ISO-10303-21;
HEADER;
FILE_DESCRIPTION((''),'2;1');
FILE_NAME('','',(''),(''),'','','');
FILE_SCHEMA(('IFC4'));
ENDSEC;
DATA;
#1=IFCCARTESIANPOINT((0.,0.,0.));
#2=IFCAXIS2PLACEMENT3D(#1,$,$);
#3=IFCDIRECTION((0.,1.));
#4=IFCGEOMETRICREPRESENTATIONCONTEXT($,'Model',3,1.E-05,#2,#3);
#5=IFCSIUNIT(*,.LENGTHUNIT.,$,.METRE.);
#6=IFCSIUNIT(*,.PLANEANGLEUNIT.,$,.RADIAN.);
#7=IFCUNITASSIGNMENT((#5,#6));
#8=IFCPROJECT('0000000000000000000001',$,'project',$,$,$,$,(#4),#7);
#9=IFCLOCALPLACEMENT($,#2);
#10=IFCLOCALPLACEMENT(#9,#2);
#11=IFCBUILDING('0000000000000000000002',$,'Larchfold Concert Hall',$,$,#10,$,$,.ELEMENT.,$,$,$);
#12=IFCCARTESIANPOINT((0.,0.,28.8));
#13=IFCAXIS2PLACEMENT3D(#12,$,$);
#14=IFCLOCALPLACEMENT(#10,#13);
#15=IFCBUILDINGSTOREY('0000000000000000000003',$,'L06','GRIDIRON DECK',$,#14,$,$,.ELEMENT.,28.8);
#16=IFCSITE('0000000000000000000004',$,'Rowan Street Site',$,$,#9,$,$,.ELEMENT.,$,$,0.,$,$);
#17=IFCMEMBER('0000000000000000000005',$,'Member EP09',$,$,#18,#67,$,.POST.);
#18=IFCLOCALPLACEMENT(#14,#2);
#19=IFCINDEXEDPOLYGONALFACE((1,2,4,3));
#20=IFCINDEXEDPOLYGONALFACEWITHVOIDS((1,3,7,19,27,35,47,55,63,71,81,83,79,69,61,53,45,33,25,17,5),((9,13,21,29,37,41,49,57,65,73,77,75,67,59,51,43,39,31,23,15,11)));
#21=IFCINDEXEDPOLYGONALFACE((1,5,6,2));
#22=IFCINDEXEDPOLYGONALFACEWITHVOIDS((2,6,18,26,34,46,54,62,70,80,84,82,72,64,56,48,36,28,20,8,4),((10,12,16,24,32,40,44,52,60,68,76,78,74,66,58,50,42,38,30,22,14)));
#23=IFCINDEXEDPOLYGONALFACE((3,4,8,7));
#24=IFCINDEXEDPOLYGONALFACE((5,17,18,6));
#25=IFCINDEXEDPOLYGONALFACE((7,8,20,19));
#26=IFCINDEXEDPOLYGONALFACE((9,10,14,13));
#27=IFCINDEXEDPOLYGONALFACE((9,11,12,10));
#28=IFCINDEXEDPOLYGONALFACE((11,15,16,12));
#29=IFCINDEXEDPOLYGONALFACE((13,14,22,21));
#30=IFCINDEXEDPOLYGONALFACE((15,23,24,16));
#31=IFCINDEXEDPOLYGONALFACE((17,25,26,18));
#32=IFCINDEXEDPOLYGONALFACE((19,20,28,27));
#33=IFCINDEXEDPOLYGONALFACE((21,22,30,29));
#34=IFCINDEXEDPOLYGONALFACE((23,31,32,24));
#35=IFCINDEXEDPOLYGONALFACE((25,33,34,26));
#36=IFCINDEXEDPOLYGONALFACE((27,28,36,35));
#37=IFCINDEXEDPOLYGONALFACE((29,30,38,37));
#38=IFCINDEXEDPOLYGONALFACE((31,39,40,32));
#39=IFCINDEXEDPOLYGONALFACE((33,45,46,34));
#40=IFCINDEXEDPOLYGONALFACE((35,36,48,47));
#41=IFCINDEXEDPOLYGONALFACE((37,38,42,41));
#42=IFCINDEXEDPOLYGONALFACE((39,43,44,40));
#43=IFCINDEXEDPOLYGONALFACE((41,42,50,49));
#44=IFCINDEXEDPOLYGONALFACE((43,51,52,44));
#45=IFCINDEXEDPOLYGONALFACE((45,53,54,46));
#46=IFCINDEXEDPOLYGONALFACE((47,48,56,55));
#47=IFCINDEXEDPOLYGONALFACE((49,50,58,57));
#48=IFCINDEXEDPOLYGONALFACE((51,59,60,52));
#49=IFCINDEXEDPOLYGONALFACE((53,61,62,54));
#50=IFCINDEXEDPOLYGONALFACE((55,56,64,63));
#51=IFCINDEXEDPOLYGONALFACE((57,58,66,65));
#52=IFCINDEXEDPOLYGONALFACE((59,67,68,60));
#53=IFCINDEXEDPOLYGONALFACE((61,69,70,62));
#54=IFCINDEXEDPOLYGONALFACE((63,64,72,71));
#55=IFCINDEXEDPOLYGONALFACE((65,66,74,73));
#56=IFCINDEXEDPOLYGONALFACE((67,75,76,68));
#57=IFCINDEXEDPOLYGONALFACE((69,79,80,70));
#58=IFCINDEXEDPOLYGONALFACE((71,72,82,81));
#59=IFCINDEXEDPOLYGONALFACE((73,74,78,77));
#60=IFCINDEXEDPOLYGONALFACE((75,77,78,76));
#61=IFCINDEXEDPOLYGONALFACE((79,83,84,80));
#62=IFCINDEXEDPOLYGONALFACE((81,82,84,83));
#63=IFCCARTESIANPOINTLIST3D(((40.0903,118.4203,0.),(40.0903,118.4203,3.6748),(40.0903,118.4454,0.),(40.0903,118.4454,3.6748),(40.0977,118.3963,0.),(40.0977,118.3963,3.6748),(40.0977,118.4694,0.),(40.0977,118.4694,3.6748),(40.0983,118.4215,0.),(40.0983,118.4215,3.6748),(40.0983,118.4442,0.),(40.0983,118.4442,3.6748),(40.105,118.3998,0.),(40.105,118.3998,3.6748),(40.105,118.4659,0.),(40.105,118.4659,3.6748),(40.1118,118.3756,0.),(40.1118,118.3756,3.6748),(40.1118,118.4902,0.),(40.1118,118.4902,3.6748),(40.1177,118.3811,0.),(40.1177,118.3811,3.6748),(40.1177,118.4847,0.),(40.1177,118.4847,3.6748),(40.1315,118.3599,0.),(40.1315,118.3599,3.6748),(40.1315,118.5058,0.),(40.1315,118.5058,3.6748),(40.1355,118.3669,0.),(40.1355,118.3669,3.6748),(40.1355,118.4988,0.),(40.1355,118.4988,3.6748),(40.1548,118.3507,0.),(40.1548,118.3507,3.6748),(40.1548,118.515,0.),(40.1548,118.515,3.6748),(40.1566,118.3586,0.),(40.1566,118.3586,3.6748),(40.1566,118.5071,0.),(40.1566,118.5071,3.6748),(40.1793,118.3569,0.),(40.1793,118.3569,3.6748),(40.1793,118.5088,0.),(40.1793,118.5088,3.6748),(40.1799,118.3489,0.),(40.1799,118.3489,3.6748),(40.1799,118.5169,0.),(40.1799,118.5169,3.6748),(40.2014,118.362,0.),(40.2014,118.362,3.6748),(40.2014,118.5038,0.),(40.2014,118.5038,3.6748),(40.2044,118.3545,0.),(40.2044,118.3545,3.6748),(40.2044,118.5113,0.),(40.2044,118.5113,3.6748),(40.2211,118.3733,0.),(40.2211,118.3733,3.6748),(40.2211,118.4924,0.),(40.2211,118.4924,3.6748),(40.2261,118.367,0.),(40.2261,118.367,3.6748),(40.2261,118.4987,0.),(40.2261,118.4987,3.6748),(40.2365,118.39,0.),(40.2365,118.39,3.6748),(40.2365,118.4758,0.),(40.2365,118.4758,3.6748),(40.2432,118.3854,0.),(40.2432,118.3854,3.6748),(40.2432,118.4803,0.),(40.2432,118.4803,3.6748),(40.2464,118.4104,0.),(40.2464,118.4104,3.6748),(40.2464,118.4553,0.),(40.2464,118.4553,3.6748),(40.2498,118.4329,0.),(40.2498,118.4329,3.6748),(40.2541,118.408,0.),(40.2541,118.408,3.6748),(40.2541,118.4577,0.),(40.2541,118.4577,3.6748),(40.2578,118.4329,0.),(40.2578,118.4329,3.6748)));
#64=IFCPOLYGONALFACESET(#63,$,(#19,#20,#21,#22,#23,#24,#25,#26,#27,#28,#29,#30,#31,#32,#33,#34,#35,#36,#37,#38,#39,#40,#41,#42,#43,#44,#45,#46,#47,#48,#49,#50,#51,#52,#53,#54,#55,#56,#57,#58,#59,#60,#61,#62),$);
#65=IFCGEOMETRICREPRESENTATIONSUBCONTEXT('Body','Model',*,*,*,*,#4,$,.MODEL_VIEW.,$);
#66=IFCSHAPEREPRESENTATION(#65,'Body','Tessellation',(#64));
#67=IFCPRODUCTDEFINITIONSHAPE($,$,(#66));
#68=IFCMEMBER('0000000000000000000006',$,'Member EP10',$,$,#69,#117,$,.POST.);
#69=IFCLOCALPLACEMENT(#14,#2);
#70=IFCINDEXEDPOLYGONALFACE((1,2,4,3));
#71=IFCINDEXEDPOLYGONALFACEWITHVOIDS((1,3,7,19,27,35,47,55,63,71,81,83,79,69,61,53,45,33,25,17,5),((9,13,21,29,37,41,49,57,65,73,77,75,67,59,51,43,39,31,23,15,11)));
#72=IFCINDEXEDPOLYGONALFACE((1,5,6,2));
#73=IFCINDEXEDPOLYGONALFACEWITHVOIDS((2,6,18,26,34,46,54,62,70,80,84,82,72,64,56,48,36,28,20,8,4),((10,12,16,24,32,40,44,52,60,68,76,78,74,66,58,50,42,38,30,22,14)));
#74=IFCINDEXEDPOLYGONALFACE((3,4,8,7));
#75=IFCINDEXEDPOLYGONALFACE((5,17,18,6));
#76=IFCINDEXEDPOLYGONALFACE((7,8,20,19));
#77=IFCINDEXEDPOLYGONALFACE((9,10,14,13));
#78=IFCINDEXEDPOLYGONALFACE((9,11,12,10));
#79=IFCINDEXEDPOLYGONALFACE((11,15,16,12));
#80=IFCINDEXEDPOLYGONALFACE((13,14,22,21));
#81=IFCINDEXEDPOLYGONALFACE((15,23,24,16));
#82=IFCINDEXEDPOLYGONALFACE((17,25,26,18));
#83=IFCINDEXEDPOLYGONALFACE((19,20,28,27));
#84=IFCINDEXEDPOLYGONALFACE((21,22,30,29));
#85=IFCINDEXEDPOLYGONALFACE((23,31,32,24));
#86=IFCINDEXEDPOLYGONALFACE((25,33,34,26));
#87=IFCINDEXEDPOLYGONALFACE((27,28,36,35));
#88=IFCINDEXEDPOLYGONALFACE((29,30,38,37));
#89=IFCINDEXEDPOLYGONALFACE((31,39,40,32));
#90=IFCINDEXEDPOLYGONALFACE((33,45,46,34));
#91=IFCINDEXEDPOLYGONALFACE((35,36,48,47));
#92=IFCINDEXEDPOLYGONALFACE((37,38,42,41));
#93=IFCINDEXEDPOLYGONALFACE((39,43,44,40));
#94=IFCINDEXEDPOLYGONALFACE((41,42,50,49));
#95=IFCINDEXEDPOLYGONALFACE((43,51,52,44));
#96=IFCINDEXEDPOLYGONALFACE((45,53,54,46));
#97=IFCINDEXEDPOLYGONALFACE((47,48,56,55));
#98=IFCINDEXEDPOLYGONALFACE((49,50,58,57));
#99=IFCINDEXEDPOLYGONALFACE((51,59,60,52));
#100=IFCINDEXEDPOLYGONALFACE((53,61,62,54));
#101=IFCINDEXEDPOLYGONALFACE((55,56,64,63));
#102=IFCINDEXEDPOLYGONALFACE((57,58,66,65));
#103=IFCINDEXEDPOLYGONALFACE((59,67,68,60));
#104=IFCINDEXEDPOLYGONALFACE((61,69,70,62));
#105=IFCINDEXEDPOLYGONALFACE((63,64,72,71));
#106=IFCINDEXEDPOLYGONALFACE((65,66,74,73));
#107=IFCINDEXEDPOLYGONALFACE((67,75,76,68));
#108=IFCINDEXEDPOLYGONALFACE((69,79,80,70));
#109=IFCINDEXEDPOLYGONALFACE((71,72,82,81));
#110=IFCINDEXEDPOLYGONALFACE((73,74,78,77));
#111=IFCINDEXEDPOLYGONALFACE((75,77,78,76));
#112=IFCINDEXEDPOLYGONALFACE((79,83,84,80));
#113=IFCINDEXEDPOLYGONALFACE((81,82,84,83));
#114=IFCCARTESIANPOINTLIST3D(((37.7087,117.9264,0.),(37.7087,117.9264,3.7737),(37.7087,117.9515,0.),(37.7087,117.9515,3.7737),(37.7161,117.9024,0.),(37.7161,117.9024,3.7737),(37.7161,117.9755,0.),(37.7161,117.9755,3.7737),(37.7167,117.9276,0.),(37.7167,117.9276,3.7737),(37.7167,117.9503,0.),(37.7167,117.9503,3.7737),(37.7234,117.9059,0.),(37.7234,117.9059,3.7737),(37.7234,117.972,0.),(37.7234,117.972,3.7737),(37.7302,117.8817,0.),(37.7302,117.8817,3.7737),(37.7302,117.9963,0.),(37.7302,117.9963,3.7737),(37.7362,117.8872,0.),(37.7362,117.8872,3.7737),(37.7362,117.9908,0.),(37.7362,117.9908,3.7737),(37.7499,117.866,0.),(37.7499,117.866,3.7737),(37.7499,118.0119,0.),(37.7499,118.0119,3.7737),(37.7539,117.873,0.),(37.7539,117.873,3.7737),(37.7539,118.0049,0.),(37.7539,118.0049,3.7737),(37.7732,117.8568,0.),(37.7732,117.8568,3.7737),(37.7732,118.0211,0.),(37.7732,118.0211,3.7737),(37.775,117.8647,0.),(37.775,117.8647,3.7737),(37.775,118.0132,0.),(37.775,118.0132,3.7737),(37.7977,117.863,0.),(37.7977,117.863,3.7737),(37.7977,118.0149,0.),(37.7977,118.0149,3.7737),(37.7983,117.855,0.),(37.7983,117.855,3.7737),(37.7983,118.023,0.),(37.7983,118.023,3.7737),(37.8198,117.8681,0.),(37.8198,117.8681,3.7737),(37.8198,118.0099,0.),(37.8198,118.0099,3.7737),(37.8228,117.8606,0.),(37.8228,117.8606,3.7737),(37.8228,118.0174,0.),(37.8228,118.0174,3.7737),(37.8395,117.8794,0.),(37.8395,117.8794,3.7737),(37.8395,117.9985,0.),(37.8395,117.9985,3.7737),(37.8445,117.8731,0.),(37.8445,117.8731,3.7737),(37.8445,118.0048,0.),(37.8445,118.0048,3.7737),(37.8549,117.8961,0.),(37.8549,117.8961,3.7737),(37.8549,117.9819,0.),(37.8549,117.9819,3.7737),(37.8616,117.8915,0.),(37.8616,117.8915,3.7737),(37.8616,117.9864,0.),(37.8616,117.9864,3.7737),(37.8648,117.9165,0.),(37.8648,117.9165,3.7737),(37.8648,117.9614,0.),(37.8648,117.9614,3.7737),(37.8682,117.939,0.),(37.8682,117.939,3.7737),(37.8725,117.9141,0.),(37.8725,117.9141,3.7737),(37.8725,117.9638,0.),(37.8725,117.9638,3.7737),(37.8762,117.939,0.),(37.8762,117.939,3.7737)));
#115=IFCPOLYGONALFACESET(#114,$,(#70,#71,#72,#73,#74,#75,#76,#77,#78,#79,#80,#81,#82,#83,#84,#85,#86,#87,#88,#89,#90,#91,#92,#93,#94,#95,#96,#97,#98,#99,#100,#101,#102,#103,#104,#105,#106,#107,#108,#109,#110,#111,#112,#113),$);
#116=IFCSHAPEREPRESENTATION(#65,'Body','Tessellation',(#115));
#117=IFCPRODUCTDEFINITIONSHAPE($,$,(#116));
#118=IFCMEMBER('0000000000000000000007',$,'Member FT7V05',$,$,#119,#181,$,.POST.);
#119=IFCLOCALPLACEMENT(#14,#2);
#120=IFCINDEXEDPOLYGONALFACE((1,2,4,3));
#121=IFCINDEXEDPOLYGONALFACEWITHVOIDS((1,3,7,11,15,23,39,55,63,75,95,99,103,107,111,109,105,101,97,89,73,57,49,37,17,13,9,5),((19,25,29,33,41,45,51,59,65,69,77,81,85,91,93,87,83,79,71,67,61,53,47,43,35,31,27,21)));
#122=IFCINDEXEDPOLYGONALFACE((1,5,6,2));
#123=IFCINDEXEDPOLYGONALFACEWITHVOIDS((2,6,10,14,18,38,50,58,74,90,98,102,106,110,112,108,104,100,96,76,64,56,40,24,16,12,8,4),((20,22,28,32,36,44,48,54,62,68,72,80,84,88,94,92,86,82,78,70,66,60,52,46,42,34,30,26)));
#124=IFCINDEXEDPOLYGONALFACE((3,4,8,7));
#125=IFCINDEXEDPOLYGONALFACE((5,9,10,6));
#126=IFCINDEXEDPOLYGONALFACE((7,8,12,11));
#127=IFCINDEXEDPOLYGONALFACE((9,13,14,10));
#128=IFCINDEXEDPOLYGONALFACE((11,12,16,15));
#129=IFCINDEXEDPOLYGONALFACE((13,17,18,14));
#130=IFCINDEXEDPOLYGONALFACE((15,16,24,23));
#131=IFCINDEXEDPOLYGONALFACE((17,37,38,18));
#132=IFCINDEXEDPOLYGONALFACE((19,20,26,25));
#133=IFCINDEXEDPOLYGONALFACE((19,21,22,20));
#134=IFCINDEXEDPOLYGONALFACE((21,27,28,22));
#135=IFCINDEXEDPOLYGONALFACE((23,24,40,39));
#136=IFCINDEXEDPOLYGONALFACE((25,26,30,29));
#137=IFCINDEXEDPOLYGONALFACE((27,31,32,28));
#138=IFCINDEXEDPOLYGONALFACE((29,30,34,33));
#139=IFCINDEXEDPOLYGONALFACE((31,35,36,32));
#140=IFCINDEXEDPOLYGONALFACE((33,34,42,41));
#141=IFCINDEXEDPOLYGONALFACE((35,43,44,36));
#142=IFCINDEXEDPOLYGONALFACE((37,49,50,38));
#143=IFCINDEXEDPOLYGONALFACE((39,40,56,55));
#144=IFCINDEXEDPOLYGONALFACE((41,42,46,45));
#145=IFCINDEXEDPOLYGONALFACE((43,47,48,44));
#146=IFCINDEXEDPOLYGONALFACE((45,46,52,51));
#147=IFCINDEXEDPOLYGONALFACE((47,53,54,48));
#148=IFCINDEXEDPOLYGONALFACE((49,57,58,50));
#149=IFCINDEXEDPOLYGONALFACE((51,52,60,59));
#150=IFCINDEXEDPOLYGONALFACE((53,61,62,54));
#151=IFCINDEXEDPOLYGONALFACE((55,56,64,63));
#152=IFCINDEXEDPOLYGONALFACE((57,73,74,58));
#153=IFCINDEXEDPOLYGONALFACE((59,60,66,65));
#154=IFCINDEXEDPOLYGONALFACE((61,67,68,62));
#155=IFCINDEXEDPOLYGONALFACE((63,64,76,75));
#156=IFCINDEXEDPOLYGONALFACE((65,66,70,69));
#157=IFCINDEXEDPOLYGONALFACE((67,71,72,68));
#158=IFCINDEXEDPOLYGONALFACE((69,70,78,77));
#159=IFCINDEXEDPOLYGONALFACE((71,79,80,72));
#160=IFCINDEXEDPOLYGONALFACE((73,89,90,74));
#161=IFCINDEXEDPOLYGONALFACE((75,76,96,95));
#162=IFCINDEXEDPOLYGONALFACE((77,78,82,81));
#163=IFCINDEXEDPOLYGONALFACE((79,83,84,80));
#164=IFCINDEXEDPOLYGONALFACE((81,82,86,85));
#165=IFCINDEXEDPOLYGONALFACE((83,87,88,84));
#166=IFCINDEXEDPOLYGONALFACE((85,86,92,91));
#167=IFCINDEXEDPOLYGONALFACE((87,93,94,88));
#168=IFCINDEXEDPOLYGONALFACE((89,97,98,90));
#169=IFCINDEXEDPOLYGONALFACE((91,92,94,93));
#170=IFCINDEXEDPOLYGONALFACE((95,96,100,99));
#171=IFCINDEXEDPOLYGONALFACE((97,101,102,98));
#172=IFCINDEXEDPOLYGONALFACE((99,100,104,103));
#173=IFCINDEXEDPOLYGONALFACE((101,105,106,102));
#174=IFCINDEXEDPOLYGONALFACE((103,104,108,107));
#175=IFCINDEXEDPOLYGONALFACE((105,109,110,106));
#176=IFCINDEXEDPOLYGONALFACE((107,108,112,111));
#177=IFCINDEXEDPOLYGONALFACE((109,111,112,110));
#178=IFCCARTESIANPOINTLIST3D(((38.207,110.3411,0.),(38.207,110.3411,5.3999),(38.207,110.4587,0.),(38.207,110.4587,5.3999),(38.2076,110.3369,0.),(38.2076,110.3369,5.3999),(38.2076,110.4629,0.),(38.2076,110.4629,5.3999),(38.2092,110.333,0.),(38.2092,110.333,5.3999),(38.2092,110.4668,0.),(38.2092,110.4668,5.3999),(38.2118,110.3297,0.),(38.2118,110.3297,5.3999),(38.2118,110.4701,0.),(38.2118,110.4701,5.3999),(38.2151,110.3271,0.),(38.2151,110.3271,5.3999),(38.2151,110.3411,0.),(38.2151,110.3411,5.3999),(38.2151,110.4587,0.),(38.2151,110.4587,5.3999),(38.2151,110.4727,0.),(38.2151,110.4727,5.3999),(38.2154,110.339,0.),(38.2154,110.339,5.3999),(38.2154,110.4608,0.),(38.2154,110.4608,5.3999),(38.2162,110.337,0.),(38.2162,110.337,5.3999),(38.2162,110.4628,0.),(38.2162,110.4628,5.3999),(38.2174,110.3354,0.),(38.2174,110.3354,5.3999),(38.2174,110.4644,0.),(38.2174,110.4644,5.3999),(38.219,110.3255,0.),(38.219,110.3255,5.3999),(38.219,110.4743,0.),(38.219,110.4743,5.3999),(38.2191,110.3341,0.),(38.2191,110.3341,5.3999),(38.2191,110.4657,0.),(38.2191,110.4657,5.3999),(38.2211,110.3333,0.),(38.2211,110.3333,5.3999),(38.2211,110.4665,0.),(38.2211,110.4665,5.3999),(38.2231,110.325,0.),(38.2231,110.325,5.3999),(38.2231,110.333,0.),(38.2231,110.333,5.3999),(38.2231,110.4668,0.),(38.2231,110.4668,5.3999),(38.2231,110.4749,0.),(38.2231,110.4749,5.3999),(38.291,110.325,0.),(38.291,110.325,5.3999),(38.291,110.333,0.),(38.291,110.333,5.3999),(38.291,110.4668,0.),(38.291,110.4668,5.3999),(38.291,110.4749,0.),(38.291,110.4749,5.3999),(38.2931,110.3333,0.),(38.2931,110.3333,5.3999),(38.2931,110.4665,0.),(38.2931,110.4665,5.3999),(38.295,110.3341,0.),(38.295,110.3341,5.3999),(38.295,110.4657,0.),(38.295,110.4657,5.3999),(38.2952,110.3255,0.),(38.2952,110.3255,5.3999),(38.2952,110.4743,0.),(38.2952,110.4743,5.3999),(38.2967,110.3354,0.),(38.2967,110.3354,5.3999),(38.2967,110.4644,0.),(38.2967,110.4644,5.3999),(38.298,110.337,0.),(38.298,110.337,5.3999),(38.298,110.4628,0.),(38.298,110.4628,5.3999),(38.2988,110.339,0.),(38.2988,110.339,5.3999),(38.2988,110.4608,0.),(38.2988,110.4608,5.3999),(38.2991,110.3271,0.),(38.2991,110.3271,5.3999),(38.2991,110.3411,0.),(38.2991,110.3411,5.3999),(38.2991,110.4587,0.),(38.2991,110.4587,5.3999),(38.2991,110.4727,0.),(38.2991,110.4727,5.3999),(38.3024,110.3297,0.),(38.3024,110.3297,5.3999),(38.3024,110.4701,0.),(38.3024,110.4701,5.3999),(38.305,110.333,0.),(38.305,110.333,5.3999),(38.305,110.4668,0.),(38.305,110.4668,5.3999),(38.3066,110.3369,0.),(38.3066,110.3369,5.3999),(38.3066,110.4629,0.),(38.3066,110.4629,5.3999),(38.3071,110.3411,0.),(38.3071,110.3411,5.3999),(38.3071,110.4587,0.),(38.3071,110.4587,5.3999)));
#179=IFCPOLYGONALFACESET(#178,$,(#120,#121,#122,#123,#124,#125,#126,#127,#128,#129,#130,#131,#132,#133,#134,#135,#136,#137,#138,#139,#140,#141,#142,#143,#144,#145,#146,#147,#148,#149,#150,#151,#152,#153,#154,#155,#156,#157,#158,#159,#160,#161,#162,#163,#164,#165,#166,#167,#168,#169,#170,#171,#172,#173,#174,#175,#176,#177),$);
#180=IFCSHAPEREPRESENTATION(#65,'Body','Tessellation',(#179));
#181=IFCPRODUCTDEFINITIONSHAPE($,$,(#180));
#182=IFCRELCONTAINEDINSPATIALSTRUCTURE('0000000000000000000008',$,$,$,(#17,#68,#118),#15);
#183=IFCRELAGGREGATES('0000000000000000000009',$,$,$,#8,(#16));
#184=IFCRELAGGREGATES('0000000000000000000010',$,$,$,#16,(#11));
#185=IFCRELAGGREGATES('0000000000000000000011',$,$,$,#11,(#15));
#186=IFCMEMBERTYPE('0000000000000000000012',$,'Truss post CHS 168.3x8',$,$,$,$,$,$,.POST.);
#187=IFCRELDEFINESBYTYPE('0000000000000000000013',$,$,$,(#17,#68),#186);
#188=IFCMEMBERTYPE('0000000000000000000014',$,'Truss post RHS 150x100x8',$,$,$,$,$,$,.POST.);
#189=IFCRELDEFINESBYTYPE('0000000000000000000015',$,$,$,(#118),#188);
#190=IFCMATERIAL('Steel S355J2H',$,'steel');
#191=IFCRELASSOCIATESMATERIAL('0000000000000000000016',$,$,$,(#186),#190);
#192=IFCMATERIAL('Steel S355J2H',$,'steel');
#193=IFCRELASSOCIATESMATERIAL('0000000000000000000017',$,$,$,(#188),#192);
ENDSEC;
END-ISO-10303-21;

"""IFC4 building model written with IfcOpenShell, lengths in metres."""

from ifc_helpers import new_model, si_unit, direction, frame, origin, origin_2d, place, context, subcontext, project, spatial, hollow_rectangle, hollow_circle, extrude, material, material_profile, profile_set, type_object, element, save


model = new_model("IFC4")

# Units and contexts
model_context = context("Model", 3, precision=1e-05, world=origin(), true_north=direction((0.0, 1.0)))
body_context = subcontext(model_context, "Body", "Model", "MODEL_VIEW")
ifc_project = project(units=[si_unit("LENGTHUNIT", "METRE"), si_unit("PLANEANGLEUNIT", "RADIAN")], contexts=[model_context])

# Site, building, storey
site_placement = place(None, origin())
site = spatial("IfcSite", under=ifc_project, at=site_placement, Name="Rowan Street Site", CompositionType="ELEMENT", RefElevation=0.0)
building_placement = place(site_placement, origin())
building = spatial("IfcBuilding", under=site, at=building_placement, Name="Larchfold Concert Hall", CompositionType="ELEMENT")
storey_placement = place(building_placement, frame((0.0, 0.0, 28.8)))
storey = spatial("IfcBuildingStorey", under=building, at=storey_placement, Name="L06", Description="GRIDIRON DECK", CompositionType="ELEMENT", Elevation=28.8)

# Members
ifc_material_1 = material(Name="Steel S355J2H", Category="steel")
ifc_material_profile_1 = material_profile(ifc_material_1, hollow_circle(Radius=0.0842, WallThickness=0.0081, at=origin_2d()))
ifc_profile_set_1 = profile_set([ifc_material_profile_1], Name="Steel S355J2H")
member_type_1 = type_object("IfcMemberType", Name="Truss post CHS 168.3x8", PredefinedType="POST", material=ifc_profile_set_1)
member_1_placement = place(storey_placement, frame((40.1736, 118.4329, 0.0), z_axis=(0.0, 0.0, 1.0), x_axis=(1.0, 0.0, 0.0)))
element("IfcMember", 1, at=member_1_placement, inside=storey, type_object=member_type_1, Name="Member EP09", PredefinedType="POST", context=body_context, shape_type="SweptSolid", body=[
    extrude(hollow_circle(Radius=0.0842, WallThickness=0.0081, at=origin_2d()), origin(), (0.0, 0.0, 1.0), 3.6748),
])
member_2_placement = place(storey_placement, frame((37.792, 117.939, 0.0), z_axis=(0.0, 0.0, 1.0), x_axis=(1.0, 0.0, 0.0)))
element("IfcMember", 2, at=member_2_placement, inside=storey, type_object=member_type_1, Name="Member EP10", PredefinedType="POST", context=body_context, shape_type="SweptSolid", body=[
    extrude(hollow_circle(Radius=0.0842, WallThickness=0.0081, at=origin_2d()), origin(), (0.0, 0.0, 1.0), 3.7737),
])
ifc_material_2 = material(Name="Steel S355J2H", Category="steel")
ifc_material_profile_2 = material_profile(ifc_material_2, hollow_rectangle(XDim=0.1001, YDim=0.1499, WallThickness=0.0081, InnerFilletRadius=0.0081, OuterFilletRadius=0.0161, at=origin_2d()))
ifc_profile_set_2 = profile_set([ifc_material_profile_2], Name="Steel S355J2H")
member_type_2 = type_object("IfcMemberType", Name="Truss post RHS 150x100x8", PredefinedType="POST", material=ifc_profile_set_2)
for number, where, z_axis, x_axis, name in (
    (3, (38.2571, 110.3999, 5.3999), (0.0, 0.0, -1.0), (1.0, 0.0, 0.0), "Member FT7V05"),
):
    element("IfcMember", number, at=place(storey_placement, frame(where, z_axis=z_axis, x_axis=x_axis)), inside=storey, type_object=member_type_2, Name=name, PredefinedType="POST", context=body_context, shape_type="SweptSolid", body=[
        extrude(hollow_rectangle(XDim=0.1001, YDim=0.1499, WallThickness=0.0081, InnerFilletRadius=0.0081, OuterFilletRadius=0.0161, at=origin_2d()), origin(), (0.0, 0.0, 1.0), 5.3999),
    ])

save(model, "model.ifc")
